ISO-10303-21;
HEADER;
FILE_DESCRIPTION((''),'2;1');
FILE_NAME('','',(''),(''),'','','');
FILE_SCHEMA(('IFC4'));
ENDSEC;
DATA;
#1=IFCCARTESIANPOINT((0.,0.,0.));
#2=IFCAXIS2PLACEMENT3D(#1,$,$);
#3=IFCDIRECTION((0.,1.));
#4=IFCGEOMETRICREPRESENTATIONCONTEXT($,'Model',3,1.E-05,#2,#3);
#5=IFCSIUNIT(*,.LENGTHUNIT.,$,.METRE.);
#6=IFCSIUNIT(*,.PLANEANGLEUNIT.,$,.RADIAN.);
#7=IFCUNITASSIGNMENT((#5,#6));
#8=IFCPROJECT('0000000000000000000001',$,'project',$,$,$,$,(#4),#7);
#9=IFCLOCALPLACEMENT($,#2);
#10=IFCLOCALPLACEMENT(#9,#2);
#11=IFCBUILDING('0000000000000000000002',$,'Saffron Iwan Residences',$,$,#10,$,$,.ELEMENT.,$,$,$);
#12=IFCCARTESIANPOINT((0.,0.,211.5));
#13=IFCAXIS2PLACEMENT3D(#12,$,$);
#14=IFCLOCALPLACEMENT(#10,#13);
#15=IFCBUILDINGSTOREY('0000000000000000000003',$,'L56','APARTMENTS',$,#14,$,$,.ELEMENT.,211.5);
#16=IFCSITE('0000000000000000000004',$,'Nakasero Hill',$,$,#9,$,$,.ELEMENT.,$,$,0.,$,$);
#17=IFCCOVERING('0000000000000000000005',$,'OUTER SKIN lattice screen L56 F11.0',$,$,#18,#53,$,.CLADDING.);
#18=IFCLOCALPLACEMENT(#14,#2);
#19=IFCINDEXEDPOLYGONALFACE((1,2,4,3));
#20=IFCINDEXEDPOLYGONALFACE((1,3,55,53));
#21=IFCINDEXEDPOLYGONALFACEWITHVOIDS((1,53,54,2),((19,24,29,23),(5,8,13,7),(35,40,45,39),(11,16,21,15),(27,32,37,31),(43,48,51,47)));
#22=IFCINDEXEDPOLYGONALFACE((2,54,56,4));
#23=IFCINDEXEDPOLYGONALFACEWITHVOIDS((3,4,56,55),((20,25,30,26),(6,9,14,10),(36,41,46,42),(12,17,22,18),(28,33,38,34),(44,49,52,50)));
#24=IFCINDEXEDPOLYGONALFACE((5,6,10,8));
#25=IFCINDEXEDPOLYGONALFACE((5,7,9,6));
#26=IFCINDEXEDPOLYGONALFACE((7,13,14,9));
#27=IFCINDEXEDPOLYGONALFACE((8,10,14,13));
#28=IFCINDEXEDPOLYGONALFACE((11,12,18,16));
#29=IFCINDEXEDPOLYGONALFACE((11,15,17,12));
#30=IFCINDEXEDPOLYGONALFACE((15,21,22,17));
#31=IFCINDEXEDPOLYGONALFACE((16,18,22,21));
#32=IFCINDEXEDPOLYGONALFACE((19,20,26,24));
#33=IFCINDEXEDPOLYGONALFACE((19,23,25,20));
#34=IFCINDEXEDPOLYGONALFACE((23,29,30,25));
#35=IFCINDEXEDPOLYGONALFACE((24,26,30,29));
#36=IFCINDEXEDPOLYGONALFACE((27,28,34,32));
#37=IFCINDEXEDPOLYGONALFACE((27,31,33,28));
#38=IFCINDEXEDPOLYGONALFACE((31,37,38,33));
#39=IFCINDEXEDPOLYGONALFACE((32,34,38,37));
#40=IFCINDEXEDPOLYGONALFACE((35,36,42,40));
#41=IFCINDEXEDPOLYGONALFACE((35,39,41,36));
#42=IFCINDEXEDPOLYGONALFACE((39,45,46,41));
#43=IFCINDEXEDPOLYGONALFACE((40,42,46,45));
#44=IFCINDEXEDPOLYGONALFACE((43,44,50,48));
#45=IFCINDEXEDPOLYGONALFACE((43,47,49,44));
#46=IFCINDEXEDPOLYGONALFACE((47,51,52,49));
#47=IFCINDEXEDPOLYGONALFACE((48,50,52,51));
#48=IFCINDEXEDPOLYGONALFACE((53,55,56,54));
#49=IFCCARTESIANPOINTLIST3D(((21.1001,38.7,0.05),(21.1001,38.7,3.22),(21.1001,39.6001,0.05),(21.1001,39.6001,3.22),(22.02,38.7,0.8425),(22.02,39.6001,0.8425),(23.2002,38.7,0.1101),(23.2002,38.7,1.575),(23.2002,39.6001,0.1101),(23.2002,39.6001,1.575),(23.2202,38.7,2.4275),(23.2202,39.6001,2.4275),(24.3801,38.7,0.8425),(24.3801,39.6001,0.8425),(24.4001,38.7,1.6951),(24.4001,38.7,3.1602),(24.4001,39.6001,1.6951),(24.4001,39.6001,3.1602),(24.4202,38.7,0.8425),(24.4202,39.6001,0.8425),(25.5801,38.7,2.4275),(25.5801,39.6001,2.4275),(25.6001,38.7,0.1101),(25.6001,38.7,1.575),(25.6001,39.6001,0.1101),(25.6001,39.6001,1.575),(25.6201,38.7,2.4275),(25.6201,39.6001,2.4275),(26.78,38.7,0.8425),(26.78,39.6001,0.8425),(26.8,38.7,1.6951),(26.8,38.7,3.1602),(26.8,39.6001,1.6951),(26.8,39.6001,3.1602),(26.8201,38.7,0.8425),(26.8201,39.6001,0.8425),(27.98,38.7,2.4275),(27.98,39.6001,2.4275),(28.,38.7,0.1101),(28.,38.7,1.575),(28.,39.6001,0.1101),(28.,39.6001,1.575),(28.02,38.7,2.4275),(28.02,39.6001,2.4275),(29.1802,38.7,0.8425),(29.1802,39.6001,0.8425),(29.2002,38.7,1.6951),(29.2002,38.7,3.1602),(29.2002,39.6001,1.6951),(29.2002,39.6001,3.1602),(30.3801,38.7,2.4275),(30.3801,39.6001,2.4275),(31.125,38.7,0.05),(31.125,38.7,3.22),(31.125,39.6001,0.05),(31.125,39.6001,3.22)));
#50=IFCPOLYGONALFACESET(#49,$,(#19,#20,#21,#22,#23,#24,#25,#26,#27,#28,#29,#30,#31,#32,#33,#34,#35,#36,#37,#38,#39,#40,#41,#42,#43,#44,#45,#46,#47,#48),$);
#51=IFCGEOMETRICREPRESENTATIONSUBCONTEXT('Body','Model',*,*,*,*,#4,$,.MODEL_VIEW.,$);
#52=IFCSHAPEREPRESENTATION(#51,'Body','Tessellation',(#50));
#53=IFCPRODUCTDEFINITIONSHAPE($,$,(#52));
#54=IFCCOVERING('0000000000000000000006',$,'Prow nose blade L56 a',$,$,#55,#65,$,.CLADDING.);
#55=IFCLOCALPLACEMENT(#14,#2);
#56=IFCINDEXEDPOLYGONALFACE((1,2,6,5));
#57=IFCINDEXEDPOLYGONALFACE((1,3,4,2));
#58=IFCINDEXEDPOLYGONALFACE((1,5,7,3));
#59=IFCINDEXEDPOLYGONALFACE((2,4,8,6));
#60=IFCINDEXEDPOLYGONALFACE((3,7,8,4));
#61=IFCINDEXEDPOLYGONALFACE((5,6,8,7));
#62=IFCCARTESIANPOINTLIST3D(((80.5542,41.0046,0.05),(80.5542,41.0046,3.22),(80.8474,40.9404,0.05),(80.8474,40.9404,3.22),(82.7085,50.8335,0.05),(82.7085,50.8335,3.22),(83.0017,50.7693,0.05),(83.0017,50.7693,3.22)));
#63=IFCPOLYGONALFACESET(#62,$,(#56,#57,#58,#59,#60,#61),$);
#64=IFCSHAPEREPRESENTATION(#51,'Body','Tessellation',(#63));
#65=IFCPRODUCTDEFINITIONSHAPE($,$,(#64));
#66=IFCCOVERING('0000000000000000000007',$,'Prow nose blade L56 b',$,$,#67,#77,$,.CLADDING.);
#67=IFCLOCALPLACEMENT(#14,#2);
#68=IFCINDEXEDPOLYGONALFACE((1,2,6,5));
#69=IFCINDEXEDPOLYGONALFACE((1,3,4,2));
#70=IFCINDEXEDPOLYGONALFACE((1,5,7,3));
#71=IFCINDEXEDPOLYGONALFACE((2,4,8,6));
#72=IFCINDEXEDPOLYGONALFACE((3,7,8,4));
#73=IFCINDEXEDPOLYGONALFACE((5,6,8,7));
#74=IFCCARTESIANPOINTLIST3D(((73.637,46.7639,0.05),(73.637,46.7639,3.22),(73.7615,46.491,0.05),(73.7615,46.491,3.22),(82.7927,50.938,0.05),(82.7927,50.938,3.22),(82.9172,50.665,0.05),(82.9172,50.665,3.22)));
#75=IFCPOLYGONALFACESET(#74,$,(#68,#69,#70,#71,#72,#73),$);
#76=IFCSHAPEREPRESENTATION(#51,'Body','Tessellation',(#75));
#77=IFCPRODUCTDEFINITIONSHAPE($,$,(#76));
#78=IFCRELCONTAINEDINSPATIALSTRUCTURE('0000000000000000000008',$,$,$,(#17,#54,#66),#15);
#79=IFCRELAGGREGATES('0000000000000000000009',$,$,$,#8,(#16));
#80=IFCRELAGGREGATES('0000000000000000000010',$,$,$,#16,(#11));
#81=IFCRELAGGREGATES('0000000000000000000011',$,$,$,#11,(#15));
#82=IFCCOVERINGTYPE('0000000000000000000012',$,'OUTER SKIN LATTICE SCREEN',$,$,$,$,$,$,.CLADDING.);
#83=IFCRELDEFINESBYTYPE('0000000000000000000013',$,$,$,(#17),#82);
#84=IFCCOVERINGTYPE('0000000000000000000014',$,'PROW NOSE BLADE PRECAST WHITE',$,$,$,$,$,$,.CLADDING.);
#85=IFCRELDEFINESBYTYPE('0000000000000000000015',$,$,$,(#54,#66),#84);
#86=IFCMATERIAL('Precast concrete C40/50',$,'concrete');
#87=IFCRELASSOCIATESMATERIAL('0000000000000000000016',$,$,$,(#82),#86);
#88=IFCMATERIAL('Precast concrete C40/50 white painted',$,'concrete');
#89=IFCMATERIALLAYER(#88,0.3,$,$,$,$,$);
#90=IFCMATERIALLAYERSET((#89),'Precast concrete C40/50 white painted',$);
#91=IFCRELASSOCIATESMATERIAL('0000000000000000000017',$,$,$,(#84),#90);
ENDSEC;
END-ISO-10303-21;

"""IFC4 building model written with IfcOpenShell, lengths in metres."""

from ifc_helpers import new_model, si_unit, direction, frame, origin, place, context, subcontext, project, spatial, polyline, outline, extrude, material, layer, layer_set, type_object, element, save


model = new_model("IFC4")

# Units and contexts
model_context = context("Model", 3, precision=1e-05, world=origin(), true_north=direction((0.0, 1.0)))
body_context = subcontext(model_context, "Body", "Model", "MODEL_VIEW")
ifc_project = project(units=[si_unit("LENGTHUNIT", "METRE"), si_unit("PLANEANGLEUNIT", "RADIAN")], contexts=[model_context])

# Site, building, storey
site_placement = place(None, origin())
site = spatial("IfcSite", under=ifc_project, at=site_placement, Name="Nakasero Hill", CompositionType="ELEMENT", RefElevation=0.0)
building_placement = place(site_placement, origin())
building = spatial("IfcBuilding", under=site, at=building_placement, Name="Saffron Iwan Residences", CompositionType="ELEMENT")
storey_placement = place(building_placement, frame((0.0, 0.0, 211.5)))
storey = spatial("IfcBuildingStorey", under=building, at=storey_placement, Name="L56", Description="APARTMENTS", CompositionType="ELEMENT", Elevation=211.5)

# Coverings
ifc_material_1 = material(Name="Precast concrete C40/50", Category="concrete")
covering_type_1 = type_object("IfcCoveringType", Name="OUTER SKIN LATTICE SCREEN", PredefinedType="CLADDING", material=ifc_material_1)
covering_1_placement = place(storey_placement, frame((21.1001, 39.6001, 0.05), z_axis=(0.0, -1.0, 0.0), x_axis=(1.0, 0.0, 0.0)))
element("IfcCovering", 1, at=covering_1_placement, inside=storey, type_object=covering_type_1, Name="OUTER SKIN lattice screen L56 F11.0", PredefinedType="CLADDING", context=body_context, shape_type="SweptSolid", body=[
    extrude(outline(polyline([(0.0, 0.0), (10.0249, 0.0), (10.0249, 3.1699), (0.0, 3.1699), (0.0, 0.0)]), holes=[polyline([(0.9199, 0.7925), (2.1001, 0.0601), (3.28, 0.7925), (2.1001, 1.5249), (0.9199, 0.7925)]), polyline([(3.3201, 0.7925), (4.5, 0.0601), (5.6799, 0.7925), (4.5, 1.5249), (3.3201, 0.7925)]), polyline([(5.72, 0.7925), (6.8999, 0.0601), (8.0801, 0.7925), (6.8999, 1.5249), (5.72, 0.7925)]), polyline([(2.1201, 2.3774), (3.3, 1.645), (4.48, 2.3774), (3.3, 3.1101), (2.1201, 2.3774)]), polyline([(4.52, 2.3774), (5.7, 1.645), (6.8799, 2.3774), (5.7, 3.1101), (4.52, 2.3774)]), polyline([(6.9199, 2.3774), (8.1001, 1.645), (9.28, 2.3774), (8.1001, 3.1101), (6.9199, 2.3774)])]), origin(), (0.0, 0.0, 1.0), 0.9001),
])
ifc_material_2 = material(Name="Precast concrete C40/50 white painted", Category="concrete")
ifc_layer_1 = layer(ifc_material_2, 0.3)
ifc_layer_set_1 = layer_set([ifc_layer_1], Name="Precast concrete C40/50 white painted")
covering_type_2 = type_object("IfcCoveringType", Name="PROW NOSE BLADE PRECAST WHITE", PredefinedType="CLADDING", material=ifc_layer_set_1)
covering_2_placement = place(storey_placement, frame((0.0, 0.0, 0.05)))
element("IfcCovering", 2, at=covering_2_placement, inside=storey, type_object=covering_type_2, Name="Prow nose blade L56 a", PredefinedType="CLADDING", context=body_context, shape_type="SweptSolid", body=[
    extrude(outline(polyline([(80.8474, 40.9404), (83.0017, 50.7693), (82.7085, 50.8335), (80.5542, 41.0046), (80.8474, 40.9404)])), origin(), (0.0, 0.0, 1.0), 3.1699),
])
covering_3_placement = place(storey_placement, frame((0.0, 0.0, 0.05)))
element("IfcCovering", 3, at=covering_3_placement, inside=storey, type_object=covering_type_2, Name="Prow nose blade L56 b", PredefinedType="CLADDING", context=body_context, shape_type="SweptSolid", body=[
    extrude(outline(polyline([(73.7615, 46.491), (82.9172, 50.665), (82.7927, 50.938), (73.637, 46.7639), (73.7615, 46.491)])), origin(), (0.0, 0.0, 1.0), 3.1699),
])

save(model, "model.ifc")
